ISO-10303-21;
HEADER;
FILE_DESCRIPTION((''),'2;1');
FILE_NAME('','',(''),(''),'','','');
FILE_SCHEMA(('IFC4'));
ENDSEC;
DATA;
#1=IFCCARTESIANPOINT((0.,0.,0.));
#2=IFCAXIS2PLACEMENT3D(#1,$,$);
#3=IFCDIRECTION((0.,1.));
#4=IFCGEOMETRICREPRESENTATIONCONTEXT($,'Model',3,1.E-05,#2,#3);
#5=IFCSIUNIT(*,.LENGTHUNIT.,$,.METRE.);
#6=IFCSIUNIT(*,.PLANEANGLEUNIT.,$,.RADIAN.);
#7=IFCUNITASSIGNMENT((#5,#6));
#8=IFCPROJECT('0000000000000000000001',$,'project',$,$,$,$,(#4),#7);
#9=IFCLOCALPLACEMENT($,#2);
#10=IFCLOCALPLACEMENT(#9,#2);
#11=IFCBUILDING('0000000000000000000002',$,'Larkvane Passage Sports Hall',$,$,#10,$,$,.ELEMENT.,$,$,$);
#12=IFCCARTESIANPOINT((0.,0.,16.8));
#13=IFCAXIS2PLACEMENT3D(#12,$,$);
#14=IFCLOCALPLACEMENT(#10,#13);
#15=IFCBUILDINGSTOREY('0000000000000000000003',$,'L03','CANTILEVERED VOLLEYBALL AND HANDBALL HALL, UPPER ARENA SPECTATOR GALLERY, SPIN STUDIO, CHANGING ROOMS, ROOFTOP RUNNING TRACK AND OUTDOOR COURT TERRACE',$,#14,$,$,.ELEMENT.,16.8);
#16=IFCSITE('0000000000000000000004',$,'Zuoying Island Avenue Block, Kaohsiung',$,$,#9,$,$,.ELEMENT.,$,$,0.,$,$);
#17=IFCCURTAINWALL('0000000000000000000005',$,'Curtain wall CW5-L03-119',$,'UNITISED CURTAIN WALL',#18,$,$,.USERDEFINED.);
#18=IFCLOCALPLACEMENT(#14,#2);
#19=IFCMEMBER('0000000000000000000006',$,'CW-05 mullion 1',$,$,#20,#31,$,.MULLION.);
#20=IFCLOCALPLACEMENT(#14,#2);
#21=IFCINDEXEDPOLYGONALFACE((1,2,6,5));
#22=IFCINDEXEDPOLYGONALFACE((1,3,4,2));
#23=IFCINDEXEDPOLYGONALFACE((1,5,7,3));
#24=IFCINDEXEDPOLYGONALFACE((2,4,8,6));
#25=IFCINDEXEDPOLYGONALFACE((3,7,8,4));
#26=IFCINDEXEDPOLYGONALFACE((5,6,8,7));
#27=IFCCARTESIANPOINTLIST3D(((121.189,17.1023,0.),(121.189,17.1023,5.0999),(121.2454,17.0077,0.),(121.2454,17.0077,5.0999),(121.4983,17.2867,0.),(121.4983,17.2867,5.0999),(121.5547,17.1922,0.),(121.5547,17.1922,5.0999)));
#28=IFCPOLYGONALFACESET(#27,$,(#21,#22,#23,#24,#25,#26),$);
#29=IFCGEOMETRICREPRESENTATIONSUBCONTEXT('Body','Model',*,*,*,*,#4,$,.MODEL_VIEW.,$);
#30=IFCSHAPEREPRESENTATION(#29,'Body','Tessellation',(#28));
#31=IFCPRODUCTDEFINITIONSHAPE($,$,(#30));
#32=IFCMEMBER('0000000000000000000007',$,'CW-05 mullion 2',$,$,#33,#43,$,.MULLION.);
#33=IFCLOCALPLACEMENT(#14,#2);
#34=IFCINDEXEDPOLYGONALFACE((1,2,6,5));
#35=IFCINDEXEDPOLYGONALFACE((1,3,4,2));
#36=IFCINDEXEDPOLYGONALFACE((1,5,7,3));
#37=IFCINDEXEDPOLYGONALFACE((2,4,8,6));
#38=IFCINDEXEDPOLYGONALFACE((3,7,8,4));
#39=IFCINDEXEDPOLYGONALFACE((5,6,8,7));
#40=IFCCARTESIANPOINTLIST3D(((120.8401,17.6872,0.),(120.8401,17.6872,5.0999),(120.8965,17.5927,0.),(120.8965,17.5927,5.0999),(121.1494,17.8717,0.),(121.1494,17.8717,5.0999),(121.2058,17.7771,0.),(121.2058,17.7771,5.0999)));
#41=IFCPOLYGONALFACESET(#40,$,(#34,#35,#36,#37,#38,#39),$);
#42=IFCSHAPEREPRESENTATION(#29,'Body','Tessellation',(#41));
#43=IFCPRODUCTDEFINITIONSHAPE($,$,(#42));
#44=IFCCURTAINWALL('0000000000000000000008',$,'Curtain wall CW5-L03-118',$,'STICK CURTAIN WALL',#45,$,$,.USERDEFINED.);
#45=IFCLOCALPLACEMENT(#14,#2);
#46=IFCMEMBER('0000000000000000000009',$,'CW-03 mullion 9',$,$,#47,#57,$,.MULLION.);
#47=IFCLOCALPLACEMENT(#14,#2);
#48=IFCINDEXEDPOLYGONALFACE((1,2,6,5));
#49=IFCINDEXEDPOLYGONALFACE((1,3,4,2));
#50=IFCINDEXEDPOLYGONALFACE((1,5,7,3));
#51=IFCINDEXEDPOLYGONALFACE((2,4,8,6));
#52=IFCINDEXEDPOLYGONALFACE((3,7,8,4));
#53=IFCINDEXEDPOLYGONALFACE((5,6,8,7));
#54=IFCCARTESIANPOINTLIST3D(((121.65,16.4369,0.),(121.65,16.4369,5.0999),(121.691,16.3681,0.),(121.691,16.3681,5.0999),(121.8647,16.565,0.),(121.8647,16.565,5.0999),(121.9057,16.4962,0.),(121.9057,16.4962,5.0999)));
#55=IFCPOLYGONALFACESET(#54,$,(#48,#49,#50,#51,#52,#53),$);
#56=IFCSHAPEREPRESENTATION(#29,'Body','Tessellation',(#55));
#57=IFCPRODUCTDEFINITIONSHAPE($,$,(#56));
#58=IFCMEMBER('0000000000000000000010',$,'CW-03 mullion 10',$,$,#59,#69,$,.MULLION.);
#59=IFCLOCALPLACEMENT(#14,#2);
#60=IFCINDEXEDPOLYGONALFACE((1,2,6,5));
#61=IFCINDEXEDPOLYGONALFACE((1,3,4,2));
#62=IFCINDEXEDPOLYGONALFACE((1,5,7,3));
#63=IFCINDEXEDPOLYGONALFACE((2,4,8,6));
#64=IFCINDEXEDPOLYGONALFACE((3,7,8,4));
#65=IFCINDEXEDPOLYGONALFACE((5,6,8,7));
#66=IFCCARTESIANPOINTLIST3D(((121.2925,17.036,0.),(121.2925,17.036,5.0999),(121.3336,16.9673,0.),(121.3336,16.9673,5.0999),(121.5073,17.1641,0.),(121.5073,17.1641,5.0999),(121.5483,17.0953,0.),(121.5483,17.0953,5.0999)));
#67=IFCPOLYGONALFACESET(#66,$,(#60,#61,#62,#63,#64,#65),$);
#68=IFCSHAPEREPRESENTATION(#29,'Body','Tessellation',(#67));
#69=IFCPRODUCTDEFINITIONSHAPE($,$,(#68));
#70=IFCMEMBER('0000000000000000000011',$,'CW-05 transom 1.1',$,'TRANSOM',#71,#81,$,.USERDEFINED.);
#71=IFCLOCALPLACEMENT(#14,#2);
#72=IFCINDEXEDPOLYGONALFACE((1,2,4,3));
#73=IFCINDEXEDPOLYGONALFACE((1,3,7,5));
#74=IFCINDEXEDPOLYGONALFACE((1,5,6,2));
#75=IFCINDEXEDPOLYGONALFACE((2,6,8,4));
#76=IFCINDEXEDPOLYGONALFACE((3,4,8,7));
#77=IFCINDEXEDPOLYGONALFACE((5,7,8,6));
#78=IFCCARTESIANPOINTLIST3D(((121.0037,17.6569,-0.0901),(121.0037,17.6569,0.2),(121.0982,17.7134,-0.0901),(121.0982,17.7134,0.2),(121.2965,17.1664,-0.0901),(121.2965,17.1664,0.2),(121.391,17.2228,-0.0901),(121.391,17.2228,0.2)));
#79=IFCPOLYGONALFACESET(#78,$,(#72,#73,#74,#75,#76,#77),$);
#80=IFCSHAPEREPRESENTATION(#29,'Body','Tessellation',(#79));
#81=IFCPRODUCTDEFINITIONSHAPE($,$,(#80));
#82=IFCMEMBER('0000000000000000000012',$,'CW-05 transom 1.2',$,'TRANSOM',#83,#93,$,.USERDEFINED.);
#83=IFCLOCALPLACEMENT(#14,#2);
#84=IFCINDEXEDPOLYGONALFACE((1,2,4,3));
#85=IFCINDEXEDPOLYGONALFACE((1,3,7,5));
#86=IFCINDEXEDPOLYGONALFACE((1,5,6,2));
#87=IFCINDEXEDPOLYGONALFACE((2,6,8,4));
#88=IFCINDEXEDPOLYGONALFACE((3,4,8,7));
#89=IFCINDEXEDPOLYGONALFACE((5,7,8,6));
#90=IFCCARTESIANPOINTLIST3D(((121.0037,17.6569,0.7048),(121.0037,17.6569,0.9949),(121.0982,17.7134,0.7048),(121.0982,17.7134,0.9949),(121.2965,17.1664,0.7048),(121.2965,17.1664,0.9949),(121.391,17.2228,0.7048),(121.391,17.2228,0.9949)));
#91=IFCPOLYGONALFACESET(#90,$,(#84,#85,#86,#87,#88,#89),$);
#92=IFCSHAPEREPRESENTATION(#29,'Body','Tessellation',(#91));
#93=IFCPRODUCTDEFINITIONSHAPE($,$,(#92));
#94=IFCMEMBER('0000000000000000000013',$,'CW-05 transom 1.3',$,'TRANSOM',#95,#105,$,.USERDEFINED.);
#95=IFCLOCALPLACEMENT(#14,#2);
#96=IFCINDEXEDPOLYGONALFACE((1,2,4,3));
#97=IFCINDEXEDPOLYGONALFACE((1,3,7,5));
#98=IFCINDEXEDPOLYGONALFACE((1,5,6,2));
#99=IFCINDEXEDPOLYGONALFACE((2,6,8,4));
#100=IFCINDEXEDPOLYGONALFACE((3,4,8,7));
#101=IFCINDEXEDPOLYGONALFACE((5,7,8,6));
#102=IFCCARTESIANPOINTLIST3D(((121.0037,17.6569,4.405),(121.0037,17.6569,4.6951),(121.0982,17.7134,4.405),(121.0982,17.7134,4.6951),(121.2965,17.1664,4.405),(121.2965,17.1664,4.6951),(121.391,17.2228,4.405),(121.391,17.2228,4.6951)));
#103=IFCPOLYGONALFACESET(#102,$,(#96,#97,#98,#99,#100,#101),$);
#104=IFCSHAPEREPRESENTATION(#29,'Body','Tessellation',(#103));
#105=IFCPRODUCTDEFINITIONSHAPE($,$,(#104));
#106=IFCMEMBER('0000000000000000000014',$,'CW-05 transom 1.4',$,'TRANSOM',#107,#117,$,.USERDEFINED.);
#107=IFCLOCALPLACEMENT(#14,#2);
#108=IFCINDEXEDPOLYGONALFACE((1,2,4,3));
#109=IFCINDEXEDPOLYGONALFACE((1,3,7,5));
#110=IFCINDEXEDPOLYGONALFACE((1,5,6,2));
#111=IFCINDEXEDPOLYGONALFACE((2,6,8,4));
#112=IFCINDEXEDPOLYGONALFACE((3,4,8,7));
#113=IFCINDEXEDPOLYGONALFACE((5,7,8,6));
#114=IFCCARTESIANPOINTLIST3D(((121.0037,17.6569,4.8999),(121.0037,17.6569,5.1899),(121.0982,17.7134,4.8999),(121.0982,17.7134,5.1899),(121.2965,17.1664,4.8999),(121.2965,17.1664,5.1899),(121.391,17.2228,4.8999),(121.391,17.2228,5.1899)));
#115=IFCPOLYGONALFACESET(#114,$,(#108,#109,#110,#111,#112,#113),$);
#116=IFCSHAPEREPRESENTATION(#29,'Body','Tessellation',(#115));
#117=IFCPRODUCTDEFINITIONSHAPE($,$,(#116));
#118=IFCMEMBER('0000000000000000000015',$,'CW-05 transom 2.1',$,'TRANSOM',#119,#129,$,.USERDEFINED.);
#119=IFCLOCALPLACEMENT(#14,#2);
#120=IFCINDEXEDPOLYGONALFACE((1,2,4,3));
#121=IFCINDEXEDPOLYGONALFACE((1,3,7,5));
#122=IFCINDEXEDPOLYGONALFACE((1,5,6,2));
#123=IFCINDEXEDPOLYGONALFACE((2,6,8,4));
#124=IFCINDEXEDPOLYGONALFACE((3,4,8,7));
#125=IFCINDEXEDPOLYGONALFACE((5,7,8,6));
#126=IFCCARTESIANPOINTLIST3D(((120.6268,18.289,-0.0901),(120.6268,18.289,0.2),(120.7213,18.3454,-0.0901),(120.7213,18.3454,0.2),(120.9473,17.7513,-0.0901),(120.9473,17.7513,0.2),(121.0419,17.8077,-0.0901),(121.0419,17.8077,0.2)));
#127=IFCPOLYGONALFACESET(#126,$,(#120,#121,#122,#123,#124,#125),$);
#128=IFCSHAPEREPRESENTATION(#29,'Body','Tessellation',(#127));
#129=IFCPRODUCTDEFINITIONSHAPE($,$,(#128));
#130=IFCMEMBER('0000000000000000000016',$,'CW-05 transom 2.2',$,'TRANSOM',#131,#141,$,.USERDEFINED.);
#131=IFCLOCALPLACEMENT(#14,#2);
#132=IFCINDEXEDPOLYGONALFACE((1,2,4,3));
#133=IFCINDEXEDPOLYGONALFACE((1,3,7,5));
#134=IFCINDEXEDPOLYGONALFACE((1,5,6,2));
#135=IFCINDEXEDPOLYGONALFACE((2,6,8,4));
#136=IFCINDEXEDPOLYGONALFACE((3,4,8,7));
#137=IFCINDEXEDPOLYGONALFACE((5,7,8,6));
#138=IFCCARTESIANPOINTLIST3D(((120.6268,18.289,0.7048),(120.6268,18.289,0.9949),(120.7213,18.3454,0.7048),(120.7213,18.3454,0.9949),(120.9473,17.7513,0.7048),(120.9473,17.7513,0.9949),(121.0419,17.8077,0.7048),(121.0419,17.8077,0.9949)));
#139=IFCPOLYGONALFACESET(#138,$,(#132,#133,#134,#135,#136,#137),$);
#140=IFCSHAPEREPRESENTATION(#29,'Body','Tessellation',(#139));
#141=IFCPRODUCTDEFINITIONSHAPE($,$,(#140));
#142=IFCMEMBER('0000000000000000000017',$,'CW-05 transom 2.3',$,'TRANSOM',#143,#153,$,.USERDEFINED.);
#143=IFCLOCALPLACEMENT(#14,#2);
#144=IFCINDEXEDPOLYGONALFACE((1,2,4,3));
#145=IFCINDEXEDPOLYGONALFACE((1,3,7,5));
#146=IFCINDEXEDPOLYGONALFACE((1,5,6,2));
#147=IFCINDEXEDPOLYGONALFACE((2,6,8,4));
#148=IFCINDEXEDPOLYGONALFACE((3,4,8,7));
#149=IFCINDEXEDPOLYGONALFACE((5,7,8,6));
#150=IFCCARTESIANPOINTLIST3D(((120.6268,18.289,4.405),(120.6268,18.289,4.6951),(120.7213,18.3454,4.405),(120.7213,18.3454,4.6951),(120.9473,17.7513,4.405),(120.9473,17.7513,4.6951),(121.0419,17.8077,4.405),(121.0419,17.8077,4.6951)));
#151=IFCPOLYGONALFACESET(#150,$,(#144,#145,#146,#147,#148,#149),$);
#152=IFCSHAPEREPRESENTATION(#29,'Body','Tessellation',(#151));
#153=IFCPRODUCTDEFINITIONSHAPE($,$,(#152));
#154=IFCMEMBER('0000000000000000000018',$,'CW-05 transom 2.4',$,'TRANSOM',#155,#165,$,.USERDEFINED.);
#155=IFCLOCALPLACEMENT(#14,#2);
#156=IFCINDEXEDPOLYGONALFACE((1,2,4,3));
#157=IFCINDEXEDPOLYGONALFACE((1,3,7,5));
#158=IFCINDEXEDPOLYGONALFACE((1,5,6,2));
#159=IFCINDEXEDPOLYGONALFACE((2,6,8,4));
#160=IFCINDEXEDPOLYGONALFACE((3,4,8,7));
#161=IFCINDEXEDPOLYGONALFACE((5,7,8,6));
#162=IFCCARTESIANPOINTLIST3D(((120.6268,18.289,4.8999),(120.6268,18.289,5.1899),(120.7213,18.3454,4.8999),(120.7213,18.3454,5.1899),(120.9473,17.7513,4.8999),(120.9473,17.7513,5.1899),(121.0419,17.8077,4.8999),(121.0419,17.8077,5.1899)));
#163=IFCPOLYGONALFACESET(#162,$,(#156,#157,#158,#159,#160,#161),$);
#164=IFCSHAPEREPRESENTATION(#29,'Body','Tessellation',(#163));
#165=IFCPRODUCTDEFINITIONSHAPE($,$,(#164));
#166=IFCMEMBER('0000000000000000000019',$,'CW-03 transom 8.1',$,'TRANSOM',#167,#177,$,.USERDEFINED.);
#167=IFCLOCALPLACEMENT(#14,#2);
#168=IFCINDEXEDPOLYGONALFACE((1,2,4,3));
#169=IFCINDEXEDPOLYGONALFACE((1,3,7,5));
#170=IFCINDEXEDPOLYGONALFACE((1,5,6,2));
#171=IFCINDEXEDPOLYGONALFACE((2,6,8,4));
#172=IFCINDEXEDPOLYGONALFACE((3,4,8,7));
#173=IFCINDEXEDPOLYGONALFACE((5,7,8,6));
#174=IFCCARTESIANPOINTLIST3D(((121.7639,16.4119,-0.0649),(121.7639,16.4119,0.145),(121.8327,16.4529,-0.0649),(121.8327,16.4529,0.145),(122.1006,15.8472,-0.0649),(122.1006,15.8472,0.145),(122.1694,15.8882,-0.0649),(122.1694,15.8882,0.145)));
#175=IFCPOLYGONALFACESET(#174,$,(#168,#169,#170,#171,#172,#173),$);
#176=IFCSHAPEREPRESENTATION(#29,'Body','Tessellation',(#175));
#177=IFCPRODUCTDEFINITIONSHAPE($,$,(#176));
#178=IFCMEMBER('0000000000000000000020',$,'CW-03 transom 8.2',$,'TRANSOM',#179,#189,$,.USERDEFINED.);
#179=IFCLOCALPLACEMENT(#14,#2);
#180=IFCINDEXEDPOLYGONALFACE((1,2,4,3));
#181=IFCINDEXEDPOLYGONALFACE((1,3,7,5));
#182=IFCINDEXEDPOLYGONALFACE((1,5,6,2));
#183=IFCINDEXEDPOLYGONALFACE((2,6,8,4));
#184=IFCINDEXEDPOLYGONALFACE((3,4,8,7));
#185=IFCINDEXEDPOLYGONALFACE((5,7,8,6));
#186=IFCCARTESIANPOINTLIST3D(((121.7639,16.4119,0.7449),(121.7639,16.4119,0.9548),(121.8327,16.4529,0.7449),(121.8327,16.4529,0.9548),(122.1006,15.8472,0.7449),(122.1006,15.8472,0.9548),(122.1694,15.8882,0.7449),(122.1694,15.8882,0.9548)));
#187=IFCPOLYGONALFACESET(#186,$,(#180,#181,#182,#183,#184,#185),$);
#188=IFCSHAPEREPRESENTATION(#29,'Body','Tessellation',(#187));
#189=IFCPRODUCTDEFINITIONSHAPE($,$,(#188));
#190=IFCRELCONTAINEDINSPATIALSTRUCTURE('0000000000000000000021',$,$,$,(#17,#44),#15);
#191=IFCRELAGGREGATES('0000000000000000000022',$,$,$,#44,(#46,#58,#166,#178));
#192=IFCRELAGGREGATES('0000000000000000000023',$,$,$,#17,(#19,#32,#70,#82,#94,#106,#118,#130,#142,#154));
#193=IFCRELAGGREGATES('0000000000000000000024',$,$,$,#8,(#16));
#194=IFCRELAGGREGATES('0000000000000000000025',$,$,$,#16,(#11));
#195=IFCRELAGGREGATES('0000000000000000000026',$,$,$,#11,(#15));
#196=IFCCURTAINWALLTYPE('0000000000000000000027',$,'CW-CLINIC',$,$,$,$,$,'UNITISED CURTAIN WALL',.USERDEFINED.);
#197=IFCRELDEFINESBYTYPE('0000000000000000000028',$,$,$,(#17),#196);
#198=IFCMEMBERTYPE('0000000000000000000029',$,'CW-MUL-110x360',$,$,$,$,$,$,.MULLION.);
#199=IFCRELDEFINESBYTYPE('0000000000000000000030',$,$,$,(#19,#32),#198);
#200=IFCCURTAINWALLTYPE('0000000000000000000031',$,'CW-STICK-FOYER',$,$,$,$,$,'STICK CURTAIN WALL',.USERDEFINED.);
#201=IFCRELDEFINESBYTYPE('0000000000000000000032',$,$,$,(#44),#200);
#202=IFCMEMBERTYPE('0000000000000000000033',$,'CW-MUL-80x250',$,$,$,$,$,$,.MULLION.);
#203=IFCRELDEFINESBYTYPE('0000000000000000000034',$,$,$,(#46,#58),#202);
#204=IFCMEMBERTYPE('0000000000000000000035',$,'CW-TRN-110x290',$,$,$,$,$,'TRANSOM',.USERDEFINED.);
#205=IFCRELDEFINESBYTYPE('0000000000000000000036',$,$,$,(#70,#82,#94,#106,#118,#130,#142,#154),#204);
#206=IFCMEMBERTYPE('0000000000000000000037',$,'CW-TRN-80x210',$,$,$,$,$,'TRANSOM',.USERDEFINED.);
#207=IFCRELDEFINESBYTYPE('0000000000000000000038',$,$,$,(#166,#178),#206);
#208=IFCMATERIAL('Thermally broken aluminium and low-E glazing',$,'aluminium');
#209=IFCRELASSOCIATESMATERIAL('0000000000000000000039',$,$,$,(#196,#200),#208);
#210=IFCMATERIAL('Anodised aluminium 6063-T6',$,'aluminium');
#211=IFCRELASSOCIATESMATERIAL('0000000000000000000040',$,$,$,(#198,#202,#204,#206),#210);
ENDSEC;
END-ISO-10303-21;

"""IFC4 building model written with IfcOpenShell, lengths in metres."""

from ifc_helpers import new_model, si_unit, direction, frame, origin, origin_2d, place, context, subcontext, project, spatial, rectangle, extrude, material, material_profile, profile_set, type_object, element, aggregate, save


model = new_model("IFC4")

# Units and contexts
model_context = context("Model", 3, precision=1e-05, world=origin(), true_north=direction((0.0, 1.0)))
body_context = subcontext(model_context, "Body", "Model", "MODEL_VIEW")
ifc_project = project(units=[si_unit("LENGTHUNIT", "METRE"), si_unit("PLANEANGLEUNIT", "RADIAN")], contexts=[model_context])

# Site, building, storey
site_placement = place(None, origin())
site = spatial("IfcSite", under=ifc_project, at=site_placement, Name="Zuoying Island Avenue Block, Kaohsiung", CompositionType="ELEMENT", RefElevation=0.0)
building_placement = place(site_placement, origin())
building = spatial("IfcBuilding", under=site, at=building_placement, Name="Larkvane Passage Sports Hall", CompositionType="ELEMENT")
storey_placement = place(building_placement, frame((0.0, 0.0, 16.8)))
storey = spatial("IfcBuildingStorey", under=building, at=storey_placement, Name="L03", Description="CANTILEVERED VOLLEYBALL AND HANDBALL HALL, UPPER ARENA SPECTATOR GALLERY, SPIN STUDIO, CHANGING ROOMS, ROOFTOP RUNNING TRACK AND OUTDOOR COURT TERRACE", CompositionType="ELEMENT", Elevation=16.8)

# Curtain walls, members
ifc_material_1 = material(Name="Thermally broken aluminium and low-E glazing", Category="aluminium")
curtain_wall_type_1 = type_object("IfcCurtainWallType", Name="CW-CLINIC", ElementType="UNITISED CURTAIN WALL", PredefinedType="USERDEFINED", material=ifc_material_1)
curtain_wall_1_placement = place(storey_placement, origin())
curtain_wall_1 = element("IfcCurtainWall", 1, at=curtain_wall_1_placement, inside=storey, type_object=curtain_wall_type_1, Name="Curtain wall CW5-L03-119", ObjectType="UNITISED CURTAIN WALL", PredefinedType="USERDEFINED")
ifc_material_2 = material(Name="Anodised aluminium 6063-T6", Category="aluminium")
ifc_material_profile_1 = material_profile(ifc_material_2, rectangle(XDim=0.1101, YDim=0.3601, at=origin_2d()), Name="ALU-MUL-110x360")
ifc_profile_set_1 = profile_set([ifc_material_profile_1], Name="Anodised aluminium 6063-T6")
member_type_1 = type_object("IfcMemberType", Name="CW-MUL-110x360", PredefinedType="MULLION", material=ifc_profile_set_1)
member_1_placement = place(storey_placement, frame((121.3718, 17.1472, 0.0), z_axis=(0.0, 0.0, 1.0), x_axis=(-0.512274, 0.858822, 0.0)))
member_1 = element("IfcMember", 2, at=member_1_placement, type_object=member_type_1, Name="CW-05 mullion 1", PredefinedType="MULLION", context=body_context, shape_type="SweptSolid", body=[
    extrude(rectangle(XDim=0.1101, YDim=0.3601, at=origin_2d()), origin(), (0.0, 0.0, 1.0), 5.0999),
])
member_2_placement = place(storey_placement, frame((121.0229, 17.7322, 0.0), z_axis=(0.0, 0.0, 1.0), x_axis=(-0.512274, 0.858822, 0.0)))
member_2 = element("IfcMember", 3, at=member_2_placement, type_object=member_type_1, Name="CW-05 mullion 2", PredefinedType="MULLION", context=body_context, shape_type="SweptSolid", body=[
    extrude(rectangle(XDim=0.1101, YDim=0.3601, at=origin_2d()), origin(), (0.0, 0.0, 1.0), 5.0999),
])
curtain_wall_type_2 = type_object("IfcCurtainWallType", Name="CW-STICK-FOYER", ElementType="STICK CURTAIN WALL", PredefinedType="USERDEFINED", material=ifc_material_1)
curtain_wall_2_placement = place(storey_placement, origin())
curtain_wall_2 = element("IfcCurtainWall", 4, at=curtain_wall_2_placement, inside=storey, type_object=curtain_wall_type_2, Name="Curtain wall CW5-L03-118", ObjectType="STICK CURTAIN WALL", PredefinedType="USERDEFINED")
ifc_material_profile_2 = material_profile(ifc_material_2, rectangle(XDim=0.0801, YDim=0.25, at=origin_2d()), Name="ALU-MUL-80x250")
ifc_profile_set_2 = profile_set([ifc_material_profile_2], Name="Anodised aluminium 6063-T6")
member_type_2 = type_object("IfcMemberType", Name="CW-MUL-80x250", PredefinedType="MULLION", material=ifc_profile_set_2)
member_3_placement = place(storey_placement, frame((121.7778, 16.4666, 0.0), z_axis=(0.0, 0.0, 1.0), x_axis=(-0.512278, 0.85882, 0.0)))
member_3 = element("IfcMember", 5, at=member_3_placement, type_object=member_type_2, Name="CW-03 mullion 9", PredefinedType="MULLION", context=body_context, shape_type="SweptSolid", body=[
    extrude(rectangle(XDim=0.0801, YDim=0.25, at=origin_2d()), origin(), (0.0, 0.0, 1.0), 5.0999),
])
member_4_placement = place(storey_placement, frame((121.4204, 17.0657, 0.0), z_axis=(0.0, 0.0, 1.0), x_axis=(-0.512278, 0.85882, 0.0)))
member_4 = element("IfcMember", 6, at=member_4_placement, type_object=member_type_2, Name="CW-03 mullion 10", PredefinedType="MULLION", context=body_context, shape_type="SweptSolid", body=[
    extrude(rectangle(XDim=0.0801, YDim=0.25, at=origin_2d()), origin(), (0.0, 0.0, 1.0), 5.0999),
])

# Members
ifc_material_profile_3 = material_profile(ifc_material_2, rectangle(XDim=0.1101, YDim=0.29, at=origin_2d()), Name="ALU-TRN-110x290")
ifc_profile_set_3 = profile_set([ifc_material_profile_3], Name="Anodised aluminium 6063-T6")
member_type_3 = type_object("IfcMemberType", Name="CW-TRN-110x290", ElementType="TRANSOM", PredefinedType="USERDEFINED", material=ifc_profile_set_3)
member_5_placement = place(storey_placement, frame((121.3438, 17.1946, 0.0549), z_axis=(-0.512483, 0.858697, 0.0), x_axis=(-0.858697, -0.512483, 0.0)))
member_5 = element("IfcMember", 7, at=member_5_placement, type_object=member_type_3, Name="CW-05 transom 1.1", ObjectType="TRANSOM", PredefinedType="USERDEFINED", context=body_context, shape_type="SweptSolid", body=[
    extrude(rectangle(XDim=0.1101, YDim=0.29, at=origin_2d()), origin(), (0.0, 0.0, 1.0), 0.5713),
])
member_6_placement = place(storey_placement, frame((121.3438, 17.1946, 0.8499), z_axis=(-0.512483, 0.858697, 0.0), x_axis=(-0.858697, -0.512483, 0.0)))
member_6 = element("IfcMember", 8, at=member_6_placement, type_object=member_type_3, Name="CW-05 transom 1.2", ObjectType="TRANSOM", PredefinedType="USERDEFINED", context=body_context, shape_type="SweptSolid", body=[
    extrude(rectangle(XDim=0.1101, YDim=0.29, at=origin_2d()), origin(), (0.0, 0.0, 1.0), 0.5713),
])
member_7_placement = place(storey_placement, frame((121.3438, 17.1946, 4.55), z_axis=(-0.512483, 0.858697, 0.0), x_axis=(-0.858697, -0.512483, 0.0)))
member_7 = element("IfcMember", 9, at=member_7_placement, type_object=member_type_3, Name="CW-05 transom 1.3", ObjectType="TRANSOM", PredefinedType="USERDEFINED", context=body_context, shape_type="SweptSolid", body=[
    extrude(rectangle(XDim=0.1101, YDim=0.29, at=origin_2d()), origin(), (0.0, 0.0, 1.0), 0.5713),
])
member_8_placement = place(storey_placement, frame((121.3438, 17.1946, 5.0449), z_axis=(-0.512483, 0.858697, 0.0), x_axis=(-0.858697, -0.512483, 0.0)))
member_8 = element("IfcMember", 10, at=member_8_placement, type_object=member_type_3, Name="CW-05 transom 1.4", ObjectType="TRANSOM", PredefinedType="USERDEFINED", context=body_context, shape_type="SweptSolid", body=[
    extrude(rectangle(XDim=0.1101, YDim=0.29, at=origin_2d()), origin(), (0.0, 0.0, 1.0), 0.5713),
])
member_9_placement = place(storey_placement, frame((120.9946, 17.7795, 0.0549), z_axis=(-0.512142, 0.858901, 0.0), x_axis=(-0.858901, -0.512142, 0.0)))
member_9 = element("IfcMember", 11, at=member_9_placement, type_object=member_type_3, Name="CW-05 transom 2.1", ObjectType="TRANSOM", PredefinedType="USERDEFINED", context=body_context, shape_type="SweptSolid", body=[
    extrude(rectangle(XDim=0.1101, YDim=0.29, at=origin_2d()), origin(), (0.0, 0.0, 1.0), 0.626),
])
member_10_placement = place(storey_placement, frame((120.9946, 17.7795, 0.8499), z_axis=(-0.512142, 0.858901, 0.0), x_axis=(-0.858901, -0.512142, 0.0)))
member_10 = element("IfcMember", 12, at=member_10_placement, type_object=member_type_3, Name="CW-05 transom 2.2", ObjectType="TRANSOM", PredefinedType="USERDEFINED", context=body_context, shape_type="SweptSolid", body=[
    extrude(rectangle(XDim=0.1101, YDim=0.29, at=origin_2d()), origin(), (0.0, 0.0, 1.0), 0.626),
])
member_11_placement = place(storey_placement, frame((120.9946, 17.7795, 4.55), z_axis=(-0.512142, 0.858901, 0.0), x_axis=(-0.858901, -0.512142, 0.0)))
member_11 = element("IfcMember", 13, at=member_11_placement, type_object=member_type_3, Name="CW-05 transom 2.3", ObjectType="TRANSOM", PredefinedType="USERDEFINED", context=body_context, shape_type="SweptSolid", body=[
    extrude(rectangle(XDim=0.1101, YDim=0.29, at=origin_2d()), origin(), (0.0, 0.0, 1.0), 0.626),
])
member_12_placement = place(storey_placement, frame((120.9946, 17.7795, 5.0449), z_axis=(-0.512142, 0.858901, 0.0), x_axis=(-0.858901, -0.512142, 0.0)))
member_12 = element("IfcMember", 14, at=member_12_placement, type_object=member_type_3, Name="CW-05 transom 2.4", ObjectType="TRANSOM", PredefinedType="USERDEFINED", context=body_context, shape_type="SweptSolid", body=[
    extrude(rectangle(XDim=0.1101, YDim=0.29, at=origin_2d()), origin(), (0.0, 0.0, 1.0), 0.626),
])
ifc_material_profile_4 = material_profile(ifc_material_2, rectangle(XDim=0.0801, YDim=0.21, at=origin_2d()), Name="ALU-TRN-80x210")
ifc_profile_set_4 = profile_set([ifc_material_profile_4], Name="Anodised aluminium 6063-T6")
member_type_4 = type_object("IfcMemberType", Name="CW-TRN-80x210", ElementType="TRANSOM", PredefinedType="USERDEFINED", material=ifc_profile_set_4)
member_13_placement = place(storey_placement, frame((122.135, 15.8677, 0.04), z_axis=(-0.512091, 0.858931, 0.0), x_axis=(-0.858931, -0.512091, 0.0)))
member_13 = element("IfcMember", 15, at=member_13_placement, type_object=member_type_4, Name="CW-03 transom 8.1", ObjectType="TRANSOM", PredefinedType="USERDEFINED", context=body_context, shape_type="SweptSolid", body=[
    extrude(rectangle(XDim=0.0801, YDim=0.21, at=origin_2d()), origin(), (0.0, 0.0, 1.0), 0.6575),
])
member_14_placement = place(storey_placement, frame((122.135, 15.8677, 0.8499), z_axis=(-0.512091, 0.858931, 0.0), x_axis=(-0.858931, -0.512091, 0.0)))
member_14 = element("IfcMember", 16, at=member_14_placement, type_object=member_type_4, Name="CW-03 transom 8.2", ObjectType="TRANSOM", PredefinedType="USERDEFINED", context=body_context, shape_type="SweptSolid", body=[
    extrude(rectangle(XDim=0.0801, YDim=0.21, at=origin_2d()), origin(), (0.0, 0.0, 1.0), 0.6575),
])

aggregate(curtain_wall_2, [member_3, member_4, member_13, member_14])
aggregate(curtain_wall_1, [member_1, member_2, member_5, member_6, member_7, member_8, member_9, member_10, member_11, member_12])

save(model, "model.ifc")
